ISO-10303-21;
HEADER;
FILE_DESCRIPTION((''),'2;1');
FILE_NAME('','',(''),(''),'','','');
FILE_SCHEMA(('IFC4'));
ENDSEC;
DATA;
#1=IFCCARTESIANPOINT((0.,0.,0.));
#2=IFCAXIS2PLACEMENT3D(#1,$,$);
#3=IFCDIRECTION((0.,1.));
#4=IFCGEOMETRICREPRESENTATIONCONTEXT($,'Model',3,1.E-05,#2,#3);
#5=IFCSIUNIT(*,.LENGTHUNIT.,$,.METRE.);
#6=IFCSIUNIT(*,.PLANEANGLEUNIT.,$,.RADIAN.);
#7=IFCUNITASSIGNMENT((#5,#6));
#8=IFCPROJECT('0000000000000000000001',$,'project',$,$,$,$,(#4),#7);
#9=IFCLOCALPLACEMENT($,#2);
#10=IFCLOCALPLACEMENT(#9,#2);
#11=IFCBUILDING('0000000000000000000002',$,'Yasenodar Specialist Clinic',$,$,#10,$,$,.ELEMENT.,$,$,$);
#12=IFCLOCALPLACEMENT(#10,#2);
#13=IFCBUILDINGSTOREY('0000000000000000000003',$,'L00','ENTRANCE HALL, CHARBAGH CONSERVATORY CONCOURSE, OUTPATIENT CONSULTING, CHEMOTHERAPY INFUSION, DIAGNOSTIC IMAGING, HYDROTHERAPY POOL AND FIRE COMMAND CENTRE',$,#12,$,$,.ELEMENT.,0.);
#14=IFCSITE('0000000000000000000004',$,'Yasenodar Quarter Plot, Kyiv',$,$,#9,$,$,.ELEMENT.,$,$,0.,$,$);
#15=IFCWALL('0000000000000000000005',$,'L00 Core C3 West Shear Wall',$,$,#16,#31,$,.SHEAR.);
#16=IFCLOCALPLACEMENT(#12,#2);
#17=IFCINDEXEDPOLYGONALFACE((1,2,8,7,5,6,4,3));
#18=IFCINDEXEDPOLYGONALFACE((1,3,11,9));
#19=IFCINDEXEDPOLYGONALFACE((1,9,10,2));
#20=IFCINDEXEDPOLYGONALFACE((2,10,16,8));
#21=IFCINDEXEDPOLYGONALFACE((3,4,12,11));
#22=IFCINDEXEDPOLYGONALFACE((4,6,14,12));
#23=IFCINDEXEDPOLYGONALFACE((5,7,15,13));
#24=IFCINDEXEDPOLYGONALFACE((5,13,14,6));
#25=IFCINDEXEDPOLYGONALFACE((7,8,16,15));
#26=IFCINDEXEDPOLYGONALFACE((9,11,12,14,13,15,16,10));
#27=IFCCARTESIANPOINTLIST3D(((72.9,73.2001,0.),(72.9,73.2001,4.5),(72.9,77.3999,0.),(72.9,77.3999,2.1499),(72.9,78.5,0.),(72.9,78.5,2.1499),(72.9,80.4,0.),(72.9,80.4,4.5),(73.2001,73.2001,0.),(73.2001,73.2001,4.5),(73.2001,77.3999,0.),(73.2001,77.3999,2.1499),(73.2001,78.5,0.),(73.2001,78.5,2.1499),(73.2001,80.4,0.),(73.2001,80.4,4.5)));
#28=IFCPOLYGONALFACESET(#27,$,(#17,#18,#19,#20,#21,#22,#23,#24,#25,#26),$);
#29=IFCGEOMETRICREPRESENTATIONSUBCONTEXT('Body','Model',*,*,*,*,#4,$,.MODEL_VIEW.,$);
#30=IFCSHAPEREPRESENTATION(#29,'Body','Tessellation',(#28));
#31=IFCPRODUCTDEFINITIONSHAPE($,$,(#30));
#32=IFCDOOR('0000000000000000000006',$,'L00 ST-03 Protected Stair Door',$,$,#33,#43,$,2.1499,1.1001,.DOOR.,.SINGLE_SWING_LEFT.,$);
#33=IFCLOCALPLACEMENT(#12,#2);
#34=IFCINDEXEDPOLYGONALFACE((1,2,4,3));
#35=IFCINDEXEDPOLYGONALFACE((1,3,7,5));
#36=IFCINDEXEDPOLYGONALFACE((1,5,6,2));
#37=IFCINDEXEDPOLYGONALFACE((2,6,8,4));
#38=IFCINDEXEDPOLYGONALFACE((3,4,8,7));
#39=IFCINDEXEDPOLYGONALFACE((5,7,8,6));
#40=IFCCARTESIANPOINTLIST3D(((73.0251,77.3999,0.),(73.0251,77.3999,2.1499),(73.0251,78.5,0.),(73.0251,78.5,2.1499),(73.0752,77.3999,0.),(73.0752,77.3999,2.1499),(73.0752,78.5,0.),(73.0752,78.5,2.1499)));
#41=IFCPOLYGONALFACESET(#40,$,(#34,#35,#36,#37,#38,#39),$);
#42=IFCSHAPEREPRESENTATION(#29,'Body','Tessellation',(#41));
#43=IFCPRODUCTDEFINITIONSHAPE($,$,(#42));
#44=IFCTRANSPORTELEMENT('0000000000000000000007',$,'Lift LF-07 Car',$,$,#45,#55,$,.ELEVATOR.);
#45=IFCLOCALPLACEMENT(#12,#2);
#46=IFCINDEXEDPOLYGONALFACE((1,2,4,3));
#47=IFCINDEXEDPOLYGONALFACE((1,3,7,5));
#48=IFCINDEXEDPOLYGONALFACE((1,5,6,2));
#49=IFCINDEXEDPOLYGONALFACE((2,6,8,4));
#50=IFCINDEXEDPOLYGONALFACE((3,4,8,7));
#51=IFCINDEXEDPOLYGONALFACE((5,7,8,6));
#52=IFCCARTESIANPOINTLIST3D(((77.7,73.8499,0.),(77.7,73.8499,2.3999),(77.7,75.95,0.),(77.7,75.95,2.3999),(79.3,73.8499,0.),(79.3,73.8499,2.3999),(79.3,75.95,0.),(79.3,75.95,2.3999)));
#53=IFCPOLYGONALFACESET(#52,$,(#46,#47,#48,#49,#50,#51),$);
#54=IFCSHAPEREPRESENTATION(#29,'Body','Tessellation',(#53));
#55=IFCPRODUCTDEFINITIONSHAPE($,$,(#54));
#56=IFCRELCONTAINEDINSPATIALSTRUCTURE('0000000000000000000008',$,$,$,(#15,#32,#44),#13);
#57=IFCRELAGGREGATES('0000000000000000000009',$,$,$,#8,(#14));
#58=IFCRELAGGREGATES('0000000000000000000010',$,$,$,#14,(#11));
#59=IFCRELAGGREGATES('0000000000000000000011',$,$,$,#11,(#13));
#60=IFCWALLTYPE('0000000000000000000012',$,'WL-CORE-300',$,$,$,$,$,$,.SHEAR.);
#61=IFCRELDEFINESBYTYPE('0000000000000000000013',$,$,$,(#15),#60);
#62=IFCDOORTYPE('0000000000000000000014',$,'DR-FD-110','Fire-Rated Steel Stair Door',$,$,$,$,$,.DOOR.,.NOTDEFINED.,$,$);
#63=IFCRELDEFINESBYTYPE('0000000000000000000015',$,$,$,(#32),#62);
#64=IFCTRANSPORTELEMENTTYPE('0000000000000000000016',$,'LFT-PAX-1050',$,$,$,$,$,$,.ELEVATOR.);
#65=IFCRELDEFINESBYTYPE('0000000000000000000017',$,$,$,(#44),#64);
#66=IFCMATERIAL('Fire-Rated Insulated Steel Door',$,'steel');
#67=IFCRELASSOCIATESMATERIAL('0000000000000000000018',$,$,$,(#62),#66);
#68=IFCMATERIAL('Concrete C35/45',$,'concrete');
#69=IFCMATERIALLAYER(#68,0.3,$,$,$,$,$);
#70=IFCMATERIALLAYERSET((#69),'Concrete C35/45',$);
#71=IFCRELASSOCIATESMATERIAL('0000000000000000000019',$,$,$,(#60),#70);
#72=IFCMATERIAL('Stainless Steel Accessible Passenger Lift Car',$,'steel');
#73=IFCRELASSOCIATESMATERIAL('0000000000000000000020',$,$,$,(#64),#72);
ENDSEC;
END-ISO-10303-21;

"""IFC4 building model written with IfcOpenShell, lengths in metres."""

from ifc_helpers import new_model, si_unit, direction, frame, frame_2d, origin, origin_2d, place, context, subcontext, project, spatial, rectangle, extrude, material, layer, layer_set, type_object, element, fill, save


model = new_model("IFC4")

# Units and contexts
model_context = context("Model", 3, precision=1e-05, world=origin(), true_north=direction((0.0, 1.0)))
body_context = subcontext(model_context, "Body", "Model", "MODEL_VIEW")
ifc_project = project(units=[si_unit("LENGTHUNIT", "METRE"), si_unit("PLANEANGLEUNIT", "RADIAN")], contexts=[model_context])

# Site, building, storey
site_placement = place(None, origin())
site = spatial("IfcSite", under=ifc_project, at=site_placement, Name="Yasenodar Quarter Plot, Kyiv", CompositionType="ELEMENT", RefElevation=0.0)
building_placement = place(site_placement, origin())
building = spatial("IfcBuilding", under=site, at=building_placement, Name="Yasenodar Specialist Clinic", CompositionType="ELEMENT")
storey_placement = place(building_placement, origin())
storey = spatial("IfcBuildingStorey", under=building, at=storey_placement, Name="L00", Description="ENTRANCE HALL, CHARBAGH CONSERVATORY CONCOURSE, OUTPATIENT CONSULTING, CHEMOTHERAPY INFUSION, DIAGNOSTIC IMAGING, HYDROTHERAPY POOL AND FIRE COMMAND CENTRE", CompositionType="ELEMENT", Elevation=0.0)

# Shared definitions
ifc_material_1 = material(Name="Concrete C35/45", Category="concrete")

# Shared definitions
ifc_material_2 = material(Name="Fire-Rated Insulated Steel Door", Category="steel")
door_type_1 = type_object("IfcDoorType", Name="DR-FD-110", Description="Fire-Rated Steel Stair Door", OperationType="NOTDEFINED", PredefinedType="DOOR", material=ifc_material_2)

# Shared definitions
ifc_layer_1 = layer(ifc_material_1, 0.3)
ifc_layer_set_1 = layer_set([ifc_layer_1], Name="Concrete C35/45")
wall_type_1 = type_object("IfcWallType", Name="WL-CORE-300", PredefinedType="SHEAR", material=ifc_layer_set_1)

# Wall, opening, door
wall_1_placement = place(storey_placement, frame((73.05, 73.2, 0.0), z_axis=(0.0, 0.0, 1.0), x_axis=(0.0, 1.0, 0.0)))
wall_1 = element("IfcWall", 1, at=wall_1_placement, inside=storey, type_object=wall_type_1, Name="L00 Core C3 West Shear Wall", PredefinedType="SHEAR", context=body_context, shape_type="SweptSolid", body=[
    extrude(rectangle(XDim=7.2, YDim=0.3, at=frame_2d((3.6001, 0.0))), origin(), (0.0, 0.0, 1.0), 4.5),
])
opening_1_placement = place(wall_1_placement, frame((4.2, 0.0, 0.0)))
opening_1 = element("IfcOpeningElement", 2, at=opening_1_placement, cuts=wall_1, PredefinedType="OPENING", context=body_context, shape_type="SweptSolid", body=[
    extrude(rectangle(XDim=1.1001, YDim=2.1499, at=frame_2d((0.55, 1.075))), frame((0.0, 0.1602, 0.0), z_axis=(0.0, -1.0, 0.0), x_axis=(1.0, 0.0, 0.0)), (0.0, 0.0, 1.0), 0.3201),
])
door_1_placement = place(opening_1_placement, origin())
door_1 = element("IfcDoor", 3, at=door_1_placement, inside=storey, type_object=door_type_1, Name="L00 ST-03 Protected Stair Door", OperationType="SINGLE_SWING_LEFT", OverallHeight=2.1499, OverallWidth=1.1001, PredefinedType="DOOR", context=body_context, shape_type="SweptSolid", body=[
    extrude(rectangle(XDim=1.1001, YDim=2.1499, at=frame_2d((0.55, 1.075))), frame((0.0, 0.0249, 0.0), z_axis=(0.0, -1.0, 0.0), x_axis=(1.0, 0.0, 0.0)), (0.0, 0.0, 1.0), 0.05),
])
fill(opening_1, door_1)

# Transport element
ifc_material_3 = material(Name="Stainless Steel Accessible Passenger Lift Car", Category="steel")
transport_element_type = type_object("IfcTransportElementType", Name="LFT-PAX-1050", PredefinedType="ELEVATOR", material=ifc_material_3)
transport_element_placement = place(storey_placement, frame((78.5, 74.8999, 0.0), z_axis=(0.0, 0.0, 1.0), x_axis=(1.0, 0.0, 0.0)))
element("IfcTransportElement", 4, at=transport_element_placement, inside=storey, type_object=transport_element_type, Name="Lift LF-07 Car", PredefinedType="ELEVATOR", context=body_context, shape_type="SweptSolid", body=[
    extrude(rectangle(XDim=1.6001, YDim=2.1001, at=origin_2d()), origin(), (0.0, 0.0, 1.0), 2.3999),
])

save(model, "model.ifc")
